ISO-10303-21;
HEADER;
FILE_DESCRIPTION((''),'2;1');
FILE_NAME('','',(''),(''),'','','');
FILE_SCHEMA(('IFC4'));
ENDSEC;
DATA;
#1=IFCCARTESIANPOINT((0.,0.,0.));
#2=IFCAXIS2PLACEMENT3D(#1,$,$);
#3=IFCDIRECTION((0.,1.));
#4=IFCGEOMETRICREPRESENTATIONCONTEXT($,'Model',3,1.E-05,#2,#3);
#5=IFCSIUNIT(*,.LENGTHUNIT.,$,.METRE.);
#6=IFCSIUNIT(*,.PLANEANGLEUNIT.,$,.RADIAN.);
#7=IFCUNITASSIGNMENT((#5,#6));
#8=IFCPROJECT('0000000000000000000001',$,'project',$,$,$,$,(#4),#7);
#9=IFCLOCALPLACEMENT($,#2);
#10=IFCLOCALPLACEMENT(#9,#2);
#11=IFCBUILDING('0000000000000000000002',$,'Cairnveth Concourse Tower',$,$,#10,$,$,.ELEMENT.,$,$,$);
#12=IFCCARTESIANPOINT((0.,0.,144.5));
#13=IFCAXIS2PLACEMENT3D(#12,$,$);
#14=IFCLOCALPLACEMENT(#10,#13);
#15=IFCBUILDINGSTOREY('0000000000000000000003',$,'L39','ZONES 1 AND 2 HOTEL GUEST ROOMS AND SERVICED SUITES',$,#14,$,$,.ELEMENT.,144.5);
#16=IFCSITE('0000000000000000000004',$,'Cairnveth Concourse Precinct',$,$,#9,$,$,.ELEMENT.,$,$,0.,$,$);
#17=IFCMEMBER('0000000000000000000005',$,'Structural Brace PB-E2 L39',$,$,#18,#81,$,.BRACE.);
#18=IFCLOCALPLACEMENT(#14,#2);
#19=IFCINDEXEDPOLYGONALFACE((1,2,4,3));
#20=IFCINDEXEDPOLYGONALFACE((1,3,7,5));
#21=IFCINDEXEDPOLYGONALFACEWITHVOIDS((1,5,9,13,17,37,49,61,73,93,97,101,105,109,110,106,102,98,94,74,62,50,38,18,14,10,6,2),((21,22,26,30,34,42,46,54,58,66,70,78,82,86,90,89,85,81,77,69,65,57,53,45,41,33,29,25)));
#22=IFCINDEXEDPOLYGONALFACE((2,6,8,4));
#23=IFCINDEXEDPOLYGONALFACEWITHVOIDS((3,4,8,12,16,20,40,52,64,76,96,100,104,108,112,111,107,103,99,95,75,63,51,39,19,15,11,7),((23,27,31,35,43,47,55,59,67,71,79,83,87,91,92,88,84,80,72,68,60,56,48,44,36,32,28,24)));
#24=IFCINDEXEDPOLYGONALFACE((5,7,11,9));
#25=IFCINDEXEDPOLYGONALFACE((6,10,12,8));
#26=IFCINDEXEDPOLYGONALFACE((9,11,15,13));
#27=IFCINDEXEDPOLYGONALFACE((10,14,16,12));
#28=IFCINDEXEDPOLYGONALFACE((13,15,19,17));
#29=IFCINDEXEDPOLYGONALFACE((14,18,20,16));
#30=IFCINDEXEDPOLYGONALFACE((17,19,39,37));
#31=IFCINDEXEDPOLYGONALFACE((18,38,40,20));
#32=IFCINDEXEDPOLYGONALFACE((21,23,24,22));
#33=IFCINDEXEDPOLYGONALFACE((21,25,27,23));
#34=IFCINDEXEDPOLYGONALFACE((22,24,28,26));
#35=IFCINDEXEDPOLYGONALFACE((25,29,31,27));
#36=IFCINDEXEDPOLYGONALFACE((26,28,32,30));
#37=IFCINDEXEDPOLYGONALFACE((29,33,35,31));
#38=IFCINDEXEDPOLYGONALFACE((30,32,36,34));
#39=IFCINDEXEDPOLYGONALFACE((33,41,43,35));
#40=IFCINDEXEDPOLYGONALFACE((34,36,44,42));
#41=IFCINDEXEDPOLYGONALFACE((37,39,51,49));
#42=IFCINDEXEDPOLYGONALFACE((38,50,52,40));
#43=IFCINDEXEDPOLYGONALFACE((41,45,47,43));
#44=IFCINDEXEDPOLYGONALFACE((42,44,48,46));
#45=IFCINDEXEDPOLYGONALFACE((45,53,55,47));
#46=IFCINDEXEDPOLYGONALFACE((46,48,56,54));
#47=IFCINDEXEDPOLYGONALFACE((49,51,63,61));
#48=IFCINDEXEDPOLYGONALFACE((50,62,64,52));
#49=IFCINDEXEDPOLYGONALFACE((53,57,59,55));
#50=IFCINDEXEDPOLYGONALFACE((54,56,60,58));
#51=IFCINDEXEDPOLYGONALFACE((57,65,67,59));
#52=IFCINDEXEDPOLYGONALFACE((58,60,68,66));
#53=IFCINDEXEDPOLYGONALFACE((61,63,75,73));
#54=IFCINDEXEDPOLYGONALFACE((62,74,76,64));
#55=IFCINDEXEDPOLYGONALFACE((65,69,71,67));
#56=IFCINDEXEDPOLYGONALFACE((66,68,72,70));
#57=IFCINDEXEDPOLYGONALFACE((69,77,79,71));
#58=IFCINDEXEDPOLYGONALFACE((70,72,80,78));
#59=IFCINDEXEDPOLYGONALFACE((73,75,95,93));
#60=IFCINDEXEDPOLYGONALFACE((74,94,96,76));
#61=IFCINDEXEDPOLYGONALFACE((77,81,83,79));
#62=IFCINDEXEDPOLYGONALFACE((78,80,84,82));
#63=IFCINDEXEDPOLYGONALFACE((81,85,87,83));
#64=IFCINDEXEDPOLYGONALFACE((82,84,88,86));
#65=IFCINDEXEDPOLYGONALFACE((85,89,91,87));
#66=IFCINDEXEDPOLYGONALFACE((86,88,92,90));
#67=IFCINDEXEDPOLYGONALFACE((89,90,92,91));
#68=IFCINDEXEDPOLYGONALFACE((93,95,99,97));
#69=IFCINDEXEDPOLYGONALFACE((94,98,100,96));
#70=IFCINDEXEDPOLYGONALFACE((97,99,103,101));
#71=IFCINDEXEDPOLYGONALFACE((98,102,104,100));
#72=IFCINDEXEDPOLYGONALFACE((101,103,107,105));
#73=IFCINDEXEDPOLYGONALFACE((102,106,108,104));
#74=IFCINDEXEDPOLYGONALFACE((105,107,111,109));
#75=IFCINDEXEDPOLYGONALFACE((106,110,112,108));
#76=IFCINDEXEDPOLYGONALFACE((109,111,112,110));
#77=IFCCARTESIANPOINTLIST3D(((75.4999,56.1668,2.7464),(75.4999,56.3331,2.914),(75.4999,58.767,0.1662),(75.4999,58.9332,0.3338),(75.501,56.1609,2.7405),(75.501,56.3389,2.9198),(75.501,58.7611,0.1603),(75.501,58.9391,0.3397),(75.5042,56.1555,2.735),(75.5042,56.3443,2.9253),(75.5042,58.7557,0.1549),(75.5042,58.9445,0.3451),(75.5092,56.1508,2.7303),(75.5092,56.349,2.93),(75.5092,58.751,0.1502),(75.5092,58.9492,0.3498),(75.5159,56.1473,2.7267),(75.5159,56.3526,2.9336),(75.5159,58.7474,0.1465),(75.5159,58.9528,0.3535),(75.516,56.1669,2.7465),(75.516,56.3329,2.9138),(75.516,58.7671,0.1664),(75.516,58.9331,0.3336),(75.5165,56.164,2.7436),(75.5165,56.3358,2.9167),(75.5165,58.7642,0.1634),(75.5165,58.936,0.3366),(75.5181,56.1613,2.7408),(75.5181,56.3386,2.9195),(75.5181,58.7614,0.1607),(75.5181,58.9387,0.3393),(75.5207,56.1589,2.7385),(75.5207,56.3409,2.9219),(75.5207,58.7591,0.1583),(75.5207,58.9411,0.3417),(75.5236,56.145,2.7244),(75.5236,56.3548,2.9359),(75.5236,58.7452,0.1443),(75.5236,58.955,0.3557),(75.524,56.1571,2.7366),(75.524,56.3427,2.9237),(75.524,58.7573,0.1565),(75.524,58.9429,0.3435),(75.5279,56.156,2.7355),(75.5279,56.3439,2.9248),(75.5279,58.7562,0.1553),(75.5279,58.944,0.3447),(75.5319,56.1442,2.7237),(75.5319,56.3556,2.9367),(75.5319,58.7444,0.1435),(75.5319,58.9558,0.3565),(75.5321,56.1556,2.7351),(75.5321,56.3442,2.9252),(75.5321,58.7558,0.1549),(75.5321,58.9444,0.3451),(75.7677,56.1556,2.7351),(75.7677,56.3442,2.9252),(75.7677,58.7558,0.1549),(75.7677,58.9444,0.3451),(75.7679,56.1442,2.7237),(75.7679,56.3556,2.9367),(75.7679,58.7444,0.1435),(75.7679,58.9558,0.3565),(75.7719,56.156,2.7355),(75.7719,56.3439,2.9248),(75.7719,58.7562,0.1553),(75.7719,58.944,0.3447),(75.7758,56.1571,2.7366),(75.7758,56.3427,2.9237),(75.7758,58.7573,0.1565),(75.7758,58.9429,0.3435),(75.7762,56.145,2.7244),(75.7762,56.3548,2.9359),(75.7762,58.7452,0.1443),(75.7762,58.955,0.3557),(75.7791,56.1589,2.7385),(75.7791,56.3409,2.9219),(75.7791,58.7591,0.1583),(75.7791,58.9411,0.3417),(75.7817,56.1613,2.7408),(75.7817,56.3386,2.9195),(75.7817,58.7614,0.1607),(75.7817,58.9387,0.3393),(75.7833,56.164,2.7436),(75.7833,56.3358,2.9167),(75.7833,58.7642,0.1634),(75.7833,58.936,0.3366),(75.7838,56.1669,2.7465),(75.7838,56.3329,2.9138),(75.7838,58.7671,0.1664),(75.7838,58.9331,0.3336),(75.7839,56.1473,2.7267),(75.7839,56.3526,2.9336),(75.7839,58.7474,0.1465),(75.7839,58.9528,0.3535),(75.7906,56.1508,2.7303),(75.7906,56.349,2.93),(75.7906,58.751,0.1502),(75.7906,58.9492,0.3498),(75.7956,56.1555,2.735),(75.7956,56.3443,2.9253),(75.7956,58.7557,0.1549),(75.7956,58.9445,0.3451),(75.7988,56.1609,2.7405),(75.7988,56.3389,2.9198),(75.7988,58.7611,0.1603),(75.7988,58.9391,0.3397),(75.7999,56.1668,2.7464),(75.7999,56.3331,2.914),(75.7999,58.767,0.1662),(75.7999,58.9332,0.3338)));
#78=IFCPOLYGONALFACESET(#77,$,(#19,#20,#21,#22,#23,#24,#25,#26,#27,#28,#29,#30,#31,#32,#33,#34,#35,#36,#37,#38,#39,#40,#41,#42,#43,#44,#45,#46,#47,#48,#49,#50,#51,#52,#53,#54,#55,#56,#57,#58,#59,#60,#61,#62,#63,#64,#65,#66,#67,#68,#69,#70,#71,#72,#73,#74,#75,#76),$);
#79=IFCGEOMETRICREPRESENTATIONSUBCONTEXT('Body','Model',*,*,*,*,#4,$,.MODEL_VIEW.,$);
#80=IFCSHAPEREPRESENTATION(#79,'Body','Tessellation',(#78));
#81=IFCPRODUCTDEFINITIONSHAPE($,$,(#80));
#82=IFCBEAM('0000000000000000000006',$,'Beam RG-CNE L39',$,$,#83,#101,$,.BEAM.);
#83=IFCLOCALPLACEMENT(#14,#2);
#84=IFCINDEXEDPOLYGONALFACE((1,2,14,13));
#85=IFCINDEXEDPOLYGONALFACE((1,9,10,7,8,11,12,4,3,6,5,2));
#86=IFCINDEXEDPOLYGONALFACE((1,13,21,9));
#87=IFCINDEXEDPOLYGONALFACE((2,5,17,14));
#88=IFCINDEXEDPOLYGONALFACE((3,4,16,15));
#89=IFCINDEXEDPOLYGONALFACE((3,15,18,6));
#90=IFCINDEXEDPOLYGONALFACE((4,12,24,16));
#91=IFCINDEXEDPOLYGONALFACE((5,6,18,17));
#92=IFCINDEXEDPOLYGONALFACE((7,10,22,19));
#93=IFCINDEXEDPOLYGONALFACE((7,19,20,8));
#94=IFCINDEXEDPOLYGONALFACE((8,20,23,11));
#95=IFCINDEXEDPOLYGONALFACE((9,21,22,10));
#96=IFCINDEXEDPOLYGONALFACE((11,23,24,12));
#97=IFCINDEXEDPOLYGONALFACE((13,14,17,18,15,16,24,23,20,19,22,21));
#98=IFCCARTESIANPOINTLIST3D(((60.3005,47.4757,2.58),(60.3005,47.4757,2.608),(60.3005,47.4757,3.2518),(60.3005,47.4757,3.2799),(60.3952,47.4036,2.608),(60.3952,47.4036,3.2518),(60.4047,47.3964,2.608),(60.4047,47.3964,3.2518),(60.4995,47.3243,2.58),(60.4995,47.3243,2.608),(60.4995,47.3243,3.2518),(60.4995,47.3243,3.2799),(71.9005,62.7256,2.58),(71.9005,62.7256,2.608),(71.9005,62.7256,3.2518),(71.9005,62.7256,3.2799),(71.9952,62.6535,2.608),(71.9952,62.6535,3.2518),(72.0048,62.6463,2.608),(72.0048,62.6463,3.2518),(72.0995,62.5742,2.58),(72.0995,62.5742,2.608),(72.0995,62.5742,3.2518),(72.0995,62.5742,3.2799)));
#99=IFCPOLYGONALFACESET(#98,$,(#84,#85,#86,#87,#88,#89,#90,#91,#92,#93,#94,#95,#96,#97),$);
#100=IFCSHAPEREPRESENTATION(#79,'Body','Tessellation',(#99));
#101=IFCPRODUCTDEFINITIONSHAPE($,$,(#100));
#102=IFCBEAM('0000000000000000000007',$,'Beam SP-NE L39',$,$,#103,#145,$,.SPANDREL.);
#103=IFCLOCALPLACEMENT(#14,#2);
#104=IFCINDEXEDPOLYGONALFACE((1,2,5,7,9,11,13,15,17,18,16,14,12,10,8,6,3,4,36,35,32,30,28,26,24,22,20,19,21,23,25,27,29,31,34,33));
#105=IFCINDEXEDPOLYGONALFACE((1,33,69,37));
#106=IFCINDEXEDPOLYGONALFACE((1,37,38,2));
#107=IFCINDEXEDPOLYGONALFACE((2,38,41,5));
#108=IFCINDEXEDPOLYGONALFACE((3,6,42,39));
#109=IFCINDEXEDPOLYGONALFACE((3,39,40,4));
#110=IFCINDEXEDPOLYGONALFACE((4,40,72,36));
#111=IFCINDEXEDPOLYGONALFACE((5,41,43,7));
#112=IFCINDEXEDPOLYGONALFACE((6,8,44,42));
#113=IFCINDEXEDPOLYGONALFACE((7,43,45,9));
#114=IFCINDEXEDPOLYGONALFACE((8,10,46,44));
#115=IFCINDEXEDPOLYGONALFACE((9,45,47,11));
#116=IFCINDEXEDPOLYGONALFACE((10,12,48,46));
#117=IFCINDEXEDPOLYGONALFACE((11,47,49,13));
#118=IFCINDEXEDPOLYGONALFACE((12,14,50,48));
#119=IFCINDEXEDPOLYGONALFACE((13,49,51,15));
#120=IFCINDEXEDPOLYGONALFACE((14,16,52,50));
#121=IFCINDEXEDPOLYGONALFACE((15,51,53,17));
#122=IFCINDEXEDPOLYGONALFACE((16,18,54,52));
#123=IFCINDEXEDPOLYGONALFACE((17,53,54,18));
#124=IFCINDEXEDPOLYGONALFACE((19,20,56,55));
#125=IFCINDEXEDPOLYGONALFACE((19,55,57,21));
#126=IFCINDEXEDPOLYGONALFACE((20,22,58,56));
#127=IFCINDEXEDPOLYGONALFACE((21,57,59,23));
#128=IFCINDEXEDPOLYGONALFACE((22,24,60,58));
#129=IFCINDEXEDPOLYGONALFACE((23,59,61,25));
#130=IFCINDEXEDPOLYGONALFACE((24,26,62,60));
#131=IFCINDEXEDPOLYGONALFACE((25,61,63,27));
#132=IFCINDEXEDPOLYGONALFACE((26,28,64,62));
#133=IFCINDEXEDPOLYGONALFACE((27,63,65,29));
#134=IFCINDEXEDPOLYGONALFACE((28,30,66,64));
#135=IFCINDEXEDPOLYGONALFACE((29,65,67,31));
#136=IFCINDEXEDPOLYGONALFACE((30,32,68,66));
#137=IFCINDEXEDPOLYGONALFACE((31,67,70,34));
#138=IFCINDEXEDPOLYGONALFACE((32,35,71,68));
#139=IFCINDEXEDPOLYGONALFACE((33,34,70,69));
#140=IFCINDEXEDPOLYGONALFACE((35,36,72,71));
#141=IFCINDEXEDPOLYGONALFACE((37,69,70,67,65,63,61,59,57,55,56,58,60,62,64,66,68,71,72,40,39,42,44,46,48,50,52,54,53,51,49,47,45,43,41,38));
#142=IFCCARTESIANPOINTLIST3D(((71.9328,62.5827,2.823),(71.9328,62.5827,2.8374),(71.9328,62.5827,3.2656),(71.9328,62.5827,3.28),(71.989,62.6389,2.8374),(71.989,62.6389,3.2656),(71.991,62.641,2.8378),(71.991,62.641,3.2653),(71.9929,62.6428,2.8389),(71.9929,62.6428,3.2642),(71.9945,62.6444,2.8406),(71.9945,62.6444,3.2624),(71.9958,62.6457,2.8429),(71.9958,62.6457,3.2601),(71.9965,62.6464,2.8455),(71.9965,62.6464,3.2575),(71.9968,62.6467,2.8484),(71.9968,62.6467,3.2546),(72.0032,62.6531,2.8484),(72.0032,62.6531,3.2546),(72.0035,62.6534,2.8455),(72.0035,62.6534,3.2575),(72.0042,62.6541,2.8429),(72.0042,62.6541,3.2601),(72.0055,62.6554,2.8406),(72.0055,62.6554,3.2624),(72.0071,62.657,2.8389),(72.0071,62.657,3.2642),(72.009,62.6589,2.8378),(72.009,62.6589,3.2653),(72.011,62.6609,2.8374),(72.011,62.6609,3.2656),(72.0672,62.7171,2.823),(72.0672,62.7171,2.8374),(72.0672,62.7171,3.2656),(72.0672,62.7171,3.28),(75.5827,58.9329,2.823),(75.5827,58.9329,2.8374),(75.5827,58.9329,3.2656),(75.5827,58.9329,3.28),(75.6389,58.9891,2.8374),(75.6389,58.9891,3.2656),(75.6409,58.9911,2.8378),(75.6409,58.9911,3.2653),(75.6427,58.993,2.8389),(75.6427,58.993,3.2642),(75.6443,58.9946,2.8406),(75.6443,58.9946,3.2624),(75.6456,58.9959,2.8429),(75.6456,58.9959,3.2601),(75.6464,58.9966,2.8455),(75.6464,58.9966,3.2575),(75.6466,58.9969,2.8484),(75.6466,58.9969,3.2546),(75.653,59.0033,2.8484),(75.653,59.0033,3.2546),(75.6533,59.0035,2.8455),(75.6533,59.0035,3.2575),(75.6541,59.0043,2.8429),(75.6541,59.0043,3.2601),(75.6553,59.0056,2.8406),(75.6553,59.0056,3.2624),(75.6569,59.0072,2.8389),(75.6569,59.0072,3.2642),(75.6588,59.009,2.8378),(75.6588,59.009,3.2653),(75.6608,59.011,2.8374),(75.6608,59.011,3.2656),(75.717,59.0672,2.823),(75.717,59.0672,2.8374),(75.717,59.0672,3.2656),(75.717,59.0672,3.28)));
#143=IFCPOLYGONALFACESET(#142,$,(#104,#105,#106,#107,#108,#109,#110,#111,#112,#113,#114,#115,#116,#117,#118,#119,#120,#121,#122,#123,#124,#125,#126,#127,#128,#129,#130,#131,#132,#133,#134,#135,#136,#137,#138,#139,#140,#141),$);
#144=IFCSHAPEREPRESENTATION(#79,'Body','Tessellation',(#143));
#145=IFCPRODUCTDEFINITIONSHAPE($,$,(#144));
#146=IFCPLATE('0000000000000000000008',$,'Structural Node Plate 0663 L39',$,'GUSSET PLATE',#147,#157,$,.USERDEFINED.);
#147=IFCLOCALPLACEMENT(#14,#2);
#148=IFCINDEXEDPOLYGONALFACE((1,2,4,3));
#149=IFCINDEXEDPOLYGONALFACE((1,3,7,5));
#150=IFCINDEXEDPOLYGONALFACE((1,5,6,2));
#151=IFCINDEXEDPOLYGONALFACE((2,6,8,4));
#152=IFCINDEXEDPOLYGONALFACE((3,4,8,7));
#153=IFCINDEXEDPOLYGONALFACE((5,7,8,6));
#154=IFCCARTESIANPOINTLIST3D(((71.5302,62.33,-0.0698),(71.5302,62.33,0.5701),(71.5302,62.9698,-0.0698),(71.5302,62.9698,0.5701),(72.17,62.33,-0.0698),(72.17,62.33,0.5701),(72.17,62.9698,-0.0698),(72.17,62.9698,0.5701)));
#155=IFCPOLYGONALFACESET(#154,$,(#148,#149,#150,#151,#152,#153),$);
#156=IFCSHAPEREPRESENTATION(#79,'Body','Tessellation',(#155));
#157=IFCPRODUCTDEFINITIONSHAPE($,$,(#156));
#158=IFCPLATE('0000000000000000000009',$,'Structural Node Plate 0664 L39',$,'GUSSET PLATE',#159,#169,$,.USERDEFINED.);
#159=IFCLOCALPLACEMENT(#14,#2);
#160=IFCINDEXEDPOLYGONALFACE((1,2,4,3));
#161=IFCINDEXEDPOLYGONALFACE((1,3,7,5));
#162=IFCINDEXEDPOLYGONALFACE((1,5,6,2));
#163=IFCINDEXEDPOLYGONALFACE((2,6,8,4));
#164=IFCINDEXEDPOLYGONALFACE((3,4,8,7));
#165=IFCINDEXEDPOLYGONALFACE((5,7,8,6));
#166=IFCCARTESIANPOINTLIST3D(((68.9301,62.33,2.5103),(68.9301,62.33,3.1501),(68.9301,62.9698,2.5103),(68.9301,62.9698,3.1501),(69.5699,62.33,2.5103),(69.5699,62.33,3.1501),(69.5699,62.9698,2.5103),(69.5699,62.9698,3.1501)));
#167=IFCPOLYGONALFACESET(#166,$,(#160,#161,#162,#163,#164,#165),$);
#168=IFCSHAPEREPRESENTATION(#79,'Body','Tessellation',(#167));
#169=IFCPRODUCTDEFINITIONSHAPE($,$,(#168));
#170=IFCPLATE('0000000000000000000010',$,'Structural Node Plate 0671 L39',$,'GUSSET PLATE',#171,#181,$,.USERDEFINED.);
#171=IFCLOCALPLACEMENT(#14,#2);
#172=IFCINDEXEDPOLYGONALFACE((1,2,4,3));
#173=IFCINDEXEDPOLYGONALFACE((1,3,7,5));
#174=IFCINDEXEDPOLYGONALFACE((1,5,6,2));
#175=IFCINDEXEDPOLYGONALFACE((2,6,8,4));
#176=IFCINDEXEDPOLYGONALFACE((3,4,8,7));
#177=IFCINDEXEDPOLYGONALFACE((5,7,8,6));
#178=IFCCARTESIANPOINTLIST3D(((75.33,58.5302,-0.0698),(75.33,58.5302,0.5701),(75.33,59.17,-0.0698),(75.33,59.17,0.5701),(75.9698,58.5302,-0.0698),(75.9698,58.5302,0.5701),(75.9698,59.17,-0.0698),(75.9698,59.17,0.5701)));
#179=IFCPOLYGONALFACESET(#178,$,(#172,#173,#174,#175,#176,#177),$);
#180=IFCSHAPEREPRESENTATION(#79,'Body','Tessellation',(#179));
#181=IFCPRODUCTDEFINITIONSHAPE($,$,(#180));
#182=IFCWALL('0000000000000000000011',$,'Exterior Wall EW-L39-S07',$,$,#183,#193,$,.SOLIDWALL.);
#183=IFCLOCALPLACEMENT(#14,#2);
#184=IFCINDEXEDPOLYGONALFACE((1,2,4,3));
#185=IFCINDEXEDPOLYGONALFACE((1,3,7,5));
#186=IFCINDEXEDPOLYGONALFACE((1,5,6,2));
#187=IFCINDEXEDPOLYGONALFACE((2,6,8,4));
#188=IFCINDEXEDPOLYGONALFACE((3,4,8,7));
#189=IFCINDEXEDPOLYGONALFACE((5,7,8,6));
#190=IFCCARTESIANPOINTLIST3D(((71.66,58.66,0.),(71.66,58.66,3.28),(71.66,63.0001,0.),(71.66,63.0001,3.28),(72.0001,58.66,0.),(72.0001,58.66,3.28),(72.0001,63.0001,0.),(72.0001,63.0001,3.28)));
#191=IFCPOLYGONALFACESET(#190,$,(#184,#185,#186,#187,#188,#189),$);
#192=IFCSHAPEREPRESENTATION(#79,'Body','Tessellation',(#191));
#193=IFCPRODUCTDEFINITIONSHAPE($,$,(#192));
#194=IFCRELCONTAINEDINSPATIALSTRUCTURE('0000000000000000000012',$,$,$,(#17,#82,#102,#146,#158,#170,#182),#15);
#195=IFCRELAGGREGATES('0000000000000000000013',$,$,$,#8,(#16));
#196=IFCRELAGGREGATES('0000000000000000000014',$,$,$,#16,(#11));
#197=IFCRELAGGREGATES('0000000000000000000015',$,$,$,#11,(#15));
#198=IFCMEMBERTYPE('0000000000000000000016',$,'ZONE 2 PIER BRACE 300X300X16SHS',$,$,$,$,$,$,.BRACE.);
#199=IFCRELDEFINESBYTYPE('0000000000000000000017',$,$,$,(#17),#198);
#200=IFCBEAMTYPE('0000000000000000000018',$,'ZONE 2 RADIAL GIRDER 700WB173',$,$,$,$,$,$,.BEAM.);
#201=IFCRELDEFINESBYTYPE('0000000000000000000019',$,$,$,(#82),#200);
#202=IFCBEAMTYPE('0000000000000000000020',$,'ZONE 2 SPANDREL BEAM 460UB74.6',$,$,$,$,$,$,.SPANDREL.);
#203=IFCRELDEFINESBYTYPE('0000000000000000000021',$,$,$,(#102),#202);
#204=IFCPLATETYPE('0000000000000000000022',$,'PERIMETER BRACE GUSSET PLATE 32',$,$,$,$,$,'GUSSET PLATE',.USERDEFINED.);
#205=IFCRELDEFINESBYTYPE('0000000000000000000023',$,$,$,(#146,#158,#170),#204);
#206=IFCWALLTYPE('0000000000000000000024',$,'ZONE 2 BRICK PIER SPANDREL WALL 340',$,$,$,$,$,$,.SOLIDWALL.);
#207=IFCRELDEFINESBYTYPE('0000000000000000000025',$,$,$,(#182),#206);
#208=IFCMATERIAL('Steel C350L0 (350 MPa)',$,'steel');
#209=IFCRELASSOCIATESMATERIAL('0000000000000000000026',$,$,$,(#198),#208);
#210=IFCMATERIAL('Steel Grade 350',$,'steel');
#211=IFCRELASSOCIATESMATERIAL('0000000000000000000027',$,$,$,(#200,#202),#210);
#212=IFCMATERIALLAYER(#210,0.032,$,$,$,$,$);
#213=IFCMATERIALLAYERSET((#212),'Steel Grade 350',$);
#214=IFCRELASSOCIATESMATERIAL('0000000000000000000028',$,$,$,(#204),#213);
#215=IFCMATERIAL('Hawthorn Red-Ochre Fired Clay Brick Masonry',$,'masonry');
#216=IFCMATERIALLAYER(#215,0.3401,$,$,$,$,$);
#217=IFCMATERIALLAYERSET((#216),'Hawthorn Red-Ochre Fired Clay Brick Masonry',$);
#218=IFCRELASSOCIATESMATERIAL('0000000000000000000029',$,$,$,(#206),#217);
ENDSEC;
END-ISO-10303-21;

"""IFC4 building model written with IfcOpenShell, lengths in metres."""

from ifc_helpers import new_model, si_unit, direction, frame, frame_2d, origin, origin_2d, place, context, subcontext, project, spatial, rectangle, hollow_rectangle, i_section, extrude, material, layer, layer_set, material_profile, profile_set, type_object, element, save


model = new_model("IFC4")

# Units and contexts
model_context = context("Model", 3, precision=1e-05, world=origin(), true_north=direction((0.0, 1.0)))
body_context = subcontext(model_context, "Body", "Model", "MODEL_VIEW")
ifc_project = project(units=[si_unit("LENGTHUNIT", "METRE"), si_unit("PLANEANGLEUNIT", "RADIAN")], contexts=[model_context])

# Site, building, storey
site_placement = place(None, origin())
site = spatial("IfcSite", under=ifc_project, at=site_placement, Name="Cairnveth Concourse Precinct", CompositionType="ELEMENT", RefElevation=0.0)
building_placement = place(site_placement, origin())
building = spatial("IfcBuilding", under=site, at=building_placement, Name="Cairnveth Concourse Tower", CompositionType="ELEMENT")
storey_placement = place(building_placement, frame((0.0, 0.0, 144.5)))
storey = spatial("IfcBuildingStorey", under=building, at=storey_placement, Name="L39", Description="ZONES 1 AND 2 HOTEL GUEST ROOMS AND SERVICED SUITES", CompositionType="ELEMENT", Elevation=144.5)

# Shared definitions
ifc_material_1 = material(Name="Steel Grade 350", Category="steel")

# Member
ifc_material_2 = material(Name="Steel C350L0 (350 MPa)", Category="steel")
ifc_material_profile_1 = material_profile(ifc_material_2, hollow_rectangle(XDim=0.3, YDim=0.3, WallThickness=0.0161, InnerFilletRadius=0.0161, OuterFilletRadius=0.032, at=origin_2d()), Name="300x300x16.0SHS")
ifc_profile_set_1 = profile_set([ifc_material_profile_1], Name="Steel C350L0 (350 MPa)")
member_type = type_object("IfcMemberType", Name="ZONE 2 PIER BRACE 300X300X16SHS", PredefinedType="BRACE", material=ifc_profile_set_1)
for number, where, z_axis, x_axis, name in (
    (1, (75.6499, 58.8501, 0.25), (0.0, -0.709834, 0.704369), (1.0, 0.0, 0.0), "Structural Brace PB-E2 L39"),
):
    element("IfcMember", number, at=place(storey_placement, frame(where, z_axis=z_axis, x_axis=x_axis)), inside=storey, type_object=member_type, Name=name, PredefinedType="BRACE", context=body_context, shape_type="SweptSolid", body=[
        extrude(hollow_rectangle(XDim=0.3, YDim=0.3, WallThickness=0.0161, InnerFilletRadius=0.0161, OuterFilletRadius=0.032, at=origin_2d()), origin(), (0.0, 0.0, 1.0), 3.6631),
    ])

# Beams
ifc_material_profile_2 = material_profile(ifc_material_1, i_section(OverallWidth=0.25, OverallDepth=0.7, WebThickness=0.012, FlangeThickness=0.0281, at=origin_2d()), Name="700WB173")
ifc_profile_set_2 = profile_set([ifc_material_profile_2], Name="Steel Grade 350")
beam_type_1 = type_object("IfcBeamType", Name="ZONE 2 RADIAL GIRDER 700WB173", PredefinedType="BEAM", material=ifc_profile_set_2)
beam_1_placement = place(storey_placement, frame((72.0, 62.6499, 2.9299), z_axis=(-0.605417, -0.795908, 0.0), x_axis=(0.795908, -0.605417, 0.0)))
element("IfcBeam", 2, at=beam_1_placement, inside=storey, type_object=beam_type_1, Name="Beam RG-CNE L39", PredefinedType="BEAM", context=body_context, shape_type="SweptSolid", body=[
    extrude(i_section(OverallWidth=0.25, OverallDepth=0.7, WebThickness=0.012, FlangeThickness=0.0281, at=origin_2d()), origin(), (0.0, 0.0, 1.0), 19.1604),
])
ifc_material_profile_3 = material_profile(ifc_material_1, i_section(OverallWidth=0.1899, OverallDepth=0.457, WebThickness=0.009, FlangeThickness=0.0144, FilletRadius=0.011, at=origin_2d()), Name="460UB74.6")
ifc_profile_set_3 = profile_set([ifc_material_profile_3], Name="Steel Grade 350")
beam_type_2 = type_object("IfcBeamType", Name="ZONE 2 SPANDREL BEAM 460UB74.6", PredefinedType="SPANDREL", material=ifc_profile_set_3)
beam_2_placement = place(storey_placement, frame((72.0, 62.6499, 3.0515), z_axis=(0.707107, -0.707107, 0.0), x_axis=(0.707107, 0.707107, 0.0)))
element("IfcBeam", 3, at=beam_2_placement, inside=storey, type_object=beam_type_2, Name="Beam SP-NE L39", PredefinedType="SPANDREL", context=body_context, shape_type="SweptSolid", body=[
    extrude(i_section(OverallWidth=0.1899, OverallDepth=0.457, WebThickness=0.009, FlangeThickness=0.0144, FilletRadius=0.011, at=origin_2d()), origin(), (0.0, 0.0, 1.0), 5.1616),
])

# Plates
ifc_layer_1 = layer(ifc_material_1, 0.032)
ifc_layer_set_1 = layer_set([ifc_layer_1], Name="Steel Grade 350")
plate_type = type_object("IfcPlateType", Name="PERIMETER BRACE GUSSET PLATE 32", ElementType="GUSSET PLATE", PredefinedType="USERDEFINED", material=ifc_layer_set_1)
for number, where, z_axis, x_axis, name in (
    (4, (71.8501, 62.6499, -0.0698), (0.0, 0.0, 1.0), (1.0, 0.0, 0.0), "Structural Node Plate 0663 L39"),
    (5, (69.25, 62.6499, 2.5103), (0.0, 0.0, 1.0), (1.0, 0.0, 0.0), "Structural Node Plate 0664 L39"),
    (6, (75.6499, 58.8501, -0.0698), (0.0, 0.0, 1.0), (1.0, 0.0, 0.0), "Structural Node Plate 0671 L39"),
):
    element("IfcPlate", number, at=place(storey_placement, frame(where, z_axis=z_axis, x_axis=x_axis)), inside=storey, type_object=plate_type, Name=name, ObjectType="GUSSET PLATE", PredefinedType="USERDEFINED", context=body_context, shape_type="SweptSolid", body=[
        extrude(rectangle(XDim=0.6399, YDim=0.6399, at=origin_2d()), origin(), (0.0, 0.0, 1.0), 0.6399),
    ])

# Wall
ifc_material_3 = material(Name="Hawthorn Red-Ochre Fired Clay Brick Masonry", Category="masonry")
ifc_layer_2 = layer(ifc_material_3, 0.3401)
ifc_layer_set_2 = layer_set([ifc_layer_2], Name="Hawthorn Red-Ochre Fired Clay Brick Masonry")
wall_type = type_object("IfcWallType", Name="ZONE 2 BRICK PIER SPANDREL WALL 340", PredefinedType="SOLIDWALL", material=ifc_layer_set_2)
wall_1_placement = place(storey_placement, frame((71.8301, 63.0, 0.0), z_axis=(0.0, 0.0, 1.0), x_axis=(0.0, -1.0, 0.0)))
element("IfcWall", 7, at=wall_1_placement, inside=storey, type_object=wall_type, Name="Exterior Wall EW-L39-S07", PredefinedType="SOLIDWALL", context=body_context, shape_type="SweptSolid", body=[
    extrude(rectangle(XDim=4.3401, YDim=0.3401, at=frame_2d((2.1699, 0.0))), origin(), (0.0, 0.0, 1.0), 3.28),
])

save(model, "model.ifc")
